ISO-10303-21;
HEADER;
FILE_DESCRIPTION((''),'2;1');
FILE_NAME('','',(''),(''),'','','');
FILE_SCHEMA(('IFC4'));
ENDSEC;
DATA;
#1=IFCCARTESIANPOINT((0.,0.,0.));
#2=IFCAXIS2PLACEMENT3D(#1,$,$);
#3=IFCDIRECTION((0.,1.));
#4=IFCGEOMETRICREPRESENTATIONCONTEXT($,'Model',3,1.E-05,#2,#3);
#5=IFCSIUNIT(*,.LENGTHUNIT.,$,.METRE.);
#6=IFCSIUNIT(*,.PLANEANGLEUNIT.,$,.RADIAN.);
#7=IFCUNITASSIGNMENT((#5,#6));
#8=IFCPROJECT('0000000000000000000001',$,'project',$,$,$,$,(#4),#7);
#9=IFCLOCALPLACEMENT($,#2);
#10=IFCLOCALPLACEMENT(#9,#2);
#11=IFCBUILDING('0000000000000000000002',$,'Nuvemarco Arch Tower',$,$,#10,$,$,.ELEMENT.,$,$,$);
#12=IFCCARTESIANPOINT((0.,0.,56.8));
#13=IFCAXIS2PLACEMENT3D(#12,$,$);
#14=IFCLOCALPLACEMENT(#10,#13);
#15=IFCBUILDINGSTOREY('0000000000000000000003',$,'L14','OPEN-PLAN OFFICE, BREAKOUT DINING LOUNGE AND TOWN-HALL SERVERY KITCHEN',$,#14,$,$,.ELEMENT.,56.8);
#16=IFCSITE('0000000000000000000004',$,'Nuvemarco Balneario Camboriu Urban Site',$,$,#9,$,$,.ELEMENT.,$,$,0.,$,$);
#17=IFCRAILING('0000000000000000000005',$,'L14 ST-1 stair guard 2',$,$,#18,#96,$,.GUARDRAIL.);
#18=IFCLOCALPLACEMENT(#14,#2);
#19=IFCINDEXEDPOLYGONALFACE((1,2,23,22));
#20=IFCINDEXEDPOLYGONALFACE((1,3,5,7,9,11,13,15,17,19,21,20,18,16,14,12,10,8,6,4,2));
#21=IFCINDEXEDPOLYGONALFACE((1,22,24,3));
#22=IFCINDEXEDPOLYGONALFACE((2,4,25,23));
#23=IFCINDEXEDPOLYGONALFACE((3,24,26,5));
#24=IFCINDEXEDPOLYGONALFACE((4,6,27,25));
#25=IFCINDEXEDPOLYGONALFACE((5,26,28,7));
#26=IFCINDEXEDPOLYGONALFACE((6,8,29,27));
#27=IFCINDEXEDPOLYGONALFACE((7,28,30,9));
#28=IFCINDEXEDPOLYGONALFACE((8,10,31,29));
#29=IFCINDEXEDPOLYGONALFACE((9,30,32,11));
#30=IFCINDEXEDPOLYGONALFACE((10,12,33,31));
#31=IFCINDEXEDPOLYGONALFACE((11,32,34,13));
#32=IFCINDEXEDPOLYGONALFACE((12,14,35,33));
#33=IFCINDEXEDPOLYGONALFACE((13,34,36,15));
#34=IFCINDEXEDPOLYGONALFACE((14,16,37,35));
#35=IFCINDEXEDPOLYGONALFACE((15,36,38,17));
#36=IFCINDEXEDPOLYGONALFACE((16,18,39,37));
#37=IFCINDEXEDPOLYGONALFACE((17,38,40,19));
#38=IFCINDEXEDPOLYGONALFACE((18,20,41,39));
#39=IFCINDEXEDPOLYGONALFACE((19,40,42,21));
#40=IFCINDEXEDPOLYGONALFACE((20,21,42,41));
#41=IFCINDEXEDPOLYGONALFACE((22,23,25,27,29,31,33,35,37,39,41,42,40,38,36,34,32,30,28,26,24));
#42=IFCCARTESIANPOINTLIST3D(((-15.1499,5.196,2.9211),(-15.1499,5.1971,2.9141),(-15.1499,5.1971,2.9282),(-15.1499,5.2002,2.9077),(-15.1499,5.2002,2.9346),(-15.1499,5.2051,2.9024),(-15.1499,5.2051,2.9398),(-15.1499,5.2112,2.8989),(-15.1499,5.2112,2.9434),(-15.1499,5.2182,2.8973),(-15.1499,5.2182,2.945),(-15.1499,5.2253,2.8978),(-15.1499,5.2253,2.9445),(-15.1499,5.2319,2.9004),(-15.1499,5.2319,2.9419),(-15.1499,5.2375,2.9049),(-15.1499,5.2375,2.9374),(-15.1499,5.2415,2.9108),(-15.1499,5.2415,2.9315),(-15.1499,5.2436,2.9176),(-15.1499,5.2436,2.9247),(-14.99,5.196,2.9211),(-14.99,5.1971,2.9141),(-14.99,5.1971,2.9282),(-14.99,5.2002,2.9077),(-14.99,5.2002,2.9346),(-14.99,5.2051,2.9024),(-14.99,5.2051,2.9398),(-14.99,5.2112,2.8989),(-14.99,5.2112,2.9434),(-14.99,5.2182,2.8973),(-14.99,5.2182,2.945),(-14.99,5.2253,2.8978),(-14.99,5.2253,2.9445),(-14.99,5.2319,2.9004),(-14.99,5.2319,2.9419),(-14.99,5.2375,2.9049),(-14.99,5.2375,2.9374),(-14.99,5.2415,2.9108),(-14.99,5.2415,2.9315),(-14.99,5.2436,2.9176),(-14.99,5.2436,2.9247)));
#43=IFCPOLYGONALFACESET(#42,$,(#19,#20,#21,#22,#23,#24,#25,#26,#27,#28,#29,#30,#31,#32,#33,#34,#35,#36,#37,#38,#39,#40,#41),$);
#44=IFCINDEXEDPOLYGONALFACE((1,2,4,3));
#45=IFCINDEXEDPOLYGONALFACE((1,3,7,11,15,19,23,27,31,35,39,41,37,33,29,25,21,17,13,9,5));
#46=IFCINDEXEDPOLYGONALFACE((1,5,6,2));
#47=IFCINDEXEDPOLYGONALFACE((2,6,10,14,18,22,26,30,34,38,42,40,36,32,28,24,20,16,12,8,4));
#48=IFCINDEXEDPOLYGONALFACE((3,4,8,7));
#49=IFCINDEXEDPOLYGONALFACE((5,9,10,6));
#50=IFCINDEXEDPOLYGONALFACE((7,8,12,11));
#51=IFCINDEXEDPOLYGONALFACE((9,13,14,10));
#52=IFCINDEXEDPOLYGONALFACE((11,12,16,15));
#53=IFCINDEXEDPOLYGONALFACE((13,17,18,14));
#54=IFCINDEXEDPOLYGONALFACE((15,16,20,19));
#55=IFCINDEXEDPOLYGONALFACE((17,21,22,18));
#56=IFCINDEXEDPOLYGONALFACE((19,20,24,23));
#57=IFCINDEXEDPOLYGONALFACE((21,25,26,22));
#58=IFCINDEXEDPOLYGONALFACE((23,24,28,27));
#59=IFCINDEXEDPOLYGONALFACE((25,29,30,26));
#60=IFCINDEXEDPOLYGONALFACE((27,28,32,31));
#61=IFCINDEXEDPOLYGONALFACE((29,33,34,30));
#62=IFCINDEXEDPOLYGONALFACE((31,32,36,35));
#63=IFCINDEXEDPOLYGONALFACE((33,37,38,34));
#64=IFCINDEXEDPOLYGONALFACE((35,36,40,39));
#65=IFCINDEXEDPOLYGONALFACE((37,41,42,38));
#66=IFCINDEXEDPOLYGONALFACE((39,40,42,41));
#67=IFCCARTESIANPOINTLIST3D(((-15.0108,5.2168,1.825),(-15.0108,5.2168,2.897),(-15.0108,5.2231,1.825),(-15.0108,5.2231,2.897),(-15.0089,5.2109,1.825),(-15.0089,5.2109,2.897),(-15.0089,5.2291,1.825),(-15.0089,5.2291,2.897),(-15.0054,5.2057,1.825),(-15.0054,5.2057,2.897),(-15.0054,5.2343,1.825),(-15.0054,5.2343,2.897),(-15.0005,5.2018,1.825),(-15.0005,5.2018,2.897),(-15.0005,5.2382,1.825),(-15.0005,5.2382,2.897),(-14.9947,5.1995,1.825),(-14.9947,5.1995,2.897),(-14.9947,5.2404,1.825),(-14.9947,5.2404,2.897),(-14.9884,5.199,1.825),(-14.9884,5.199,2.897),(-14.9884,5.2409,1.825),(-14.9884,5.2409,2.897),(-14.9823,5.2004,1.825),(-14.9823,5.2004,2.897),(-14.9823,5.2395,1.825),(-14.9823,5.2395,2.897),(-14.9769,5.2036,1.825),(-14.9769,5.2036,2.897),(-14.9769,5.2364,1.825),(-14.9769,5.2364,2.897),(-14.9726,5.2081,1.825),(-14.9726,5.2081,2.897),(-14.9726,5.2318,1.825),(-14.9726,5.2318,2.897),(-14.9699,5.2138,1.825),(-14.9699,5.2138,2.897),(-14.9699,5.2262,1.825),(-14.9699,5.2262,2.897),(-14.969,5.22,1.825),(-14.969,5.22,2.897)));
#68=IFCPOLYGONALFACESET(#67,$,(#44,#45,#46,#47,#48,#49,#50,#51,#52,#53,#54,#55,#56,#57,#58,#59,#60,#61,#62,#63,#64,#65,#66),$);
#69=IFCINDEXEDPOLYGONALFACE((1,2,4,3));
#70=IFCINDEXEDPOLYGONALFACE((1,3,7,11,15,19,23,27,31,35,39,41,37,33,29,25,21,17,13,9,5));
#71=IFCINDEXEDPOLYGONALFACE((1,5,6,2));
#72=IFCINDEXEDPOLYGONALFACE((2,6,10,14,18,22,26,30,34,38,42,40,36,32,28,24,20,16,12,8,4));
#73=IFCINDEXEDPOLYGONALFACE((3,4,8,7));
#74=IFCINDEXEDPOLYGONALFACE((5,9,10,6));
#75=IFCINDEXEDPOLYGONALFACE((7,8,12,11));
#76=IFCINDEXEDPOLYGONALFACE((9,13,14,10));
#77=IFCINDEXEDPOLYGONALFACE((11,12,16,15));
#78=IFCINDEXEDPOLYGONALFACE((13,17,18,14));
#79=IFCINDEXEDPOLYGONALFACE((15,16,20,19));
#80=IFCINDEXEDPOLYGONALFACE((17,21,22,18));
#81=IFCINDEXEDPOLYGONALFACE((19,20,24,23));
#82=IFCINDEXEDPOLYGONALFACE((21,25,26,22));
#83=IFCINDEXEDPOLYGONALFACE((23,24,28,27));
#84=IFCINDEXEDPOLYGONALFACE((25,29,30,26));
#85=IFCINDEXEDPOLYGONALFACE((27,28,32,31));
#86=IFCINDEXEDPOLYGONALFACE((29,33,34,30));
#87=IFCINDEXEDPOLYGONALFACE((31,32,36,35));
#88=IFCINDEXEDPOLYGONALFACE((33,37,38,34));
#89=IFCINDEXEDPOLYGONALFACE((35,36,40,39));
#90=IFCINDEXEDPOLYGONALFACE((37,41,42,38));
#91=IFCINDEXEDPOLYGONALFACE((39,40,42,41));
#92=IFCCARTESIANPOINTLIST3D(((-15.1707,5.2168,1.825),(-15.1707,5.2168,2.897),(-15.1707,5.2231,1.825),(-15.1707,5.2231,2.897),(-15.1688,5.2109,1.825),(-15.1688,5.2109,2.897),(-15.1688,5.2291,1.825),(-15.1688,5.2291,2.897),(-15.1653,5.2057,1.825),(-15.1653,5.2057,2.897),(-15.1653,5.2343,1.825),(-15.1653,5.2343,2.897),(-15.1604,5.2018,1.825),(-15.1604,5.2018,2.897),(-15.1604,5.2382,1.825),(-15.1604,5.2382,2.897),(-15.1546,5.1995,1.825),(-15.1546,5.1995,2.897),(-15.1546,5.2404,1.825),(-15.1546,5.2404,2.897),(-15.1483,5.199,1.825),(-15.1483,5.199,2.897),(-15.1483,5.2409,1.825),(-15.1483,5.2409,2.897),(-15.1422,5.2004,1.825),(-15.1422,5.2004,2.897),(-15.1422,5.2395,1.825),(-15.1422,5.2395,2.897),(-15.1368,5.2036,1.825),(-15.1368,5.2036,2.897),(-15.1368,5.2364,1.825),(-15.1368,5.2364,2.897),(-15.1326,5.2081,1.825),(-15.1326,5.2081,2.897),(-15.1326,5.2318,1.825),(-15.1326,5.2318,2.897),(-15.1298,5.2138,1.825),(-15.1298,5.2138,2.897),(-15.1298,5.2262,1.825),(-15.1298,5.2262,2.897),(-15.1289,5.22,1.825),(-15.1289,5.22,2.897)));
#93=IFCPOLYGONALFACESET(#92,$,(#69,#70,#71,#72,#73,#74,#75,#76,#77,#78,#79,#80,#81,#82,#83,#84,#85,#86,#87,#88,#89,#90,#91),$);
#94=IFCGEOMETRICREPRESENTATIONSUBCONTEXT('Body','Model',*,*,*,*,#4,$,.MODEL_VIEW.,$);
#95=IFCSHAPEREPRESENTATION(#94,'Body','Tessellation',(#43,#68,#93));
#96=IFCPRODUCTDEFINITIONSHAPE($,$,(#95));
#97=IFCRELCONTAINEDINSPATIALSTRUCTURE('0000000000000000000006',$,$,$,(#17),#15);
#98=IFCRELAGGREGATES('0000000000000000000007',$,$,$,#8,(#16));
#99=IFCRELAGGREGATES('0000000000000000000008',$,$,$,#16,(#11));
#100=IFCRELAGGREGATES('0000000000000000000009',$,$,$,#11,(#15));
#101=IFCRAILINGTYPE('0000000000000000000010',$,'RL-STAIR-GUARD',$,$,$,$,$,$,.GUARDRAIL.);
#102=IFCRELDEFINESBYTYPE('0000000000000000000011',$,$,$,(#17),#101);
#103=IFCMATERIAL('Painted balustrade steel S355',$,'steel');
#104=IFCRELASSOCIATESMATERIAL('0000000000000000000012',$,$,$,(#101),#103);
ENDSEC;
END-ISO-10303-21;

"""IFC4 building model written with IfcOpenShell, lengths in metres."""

from ifc_helpers import new_model, si_unit, direction, frame, origin, origin_2d, place, context, subcontext, project, spatial, circle, extrude, material, type_object, element, save


model = new_model("IFC4")

# Units and contexts
model_context = context("Model", 3, precision=1e-05, world=origin(), true_north=direction((0.0, 1.0)))
body_context = subcontext(model_context, "Body", "Model", "MODEL_VIEW")
ifc_project = project(units=[si_unit("LENGTHUNIT", "METRE"), si_unit("PLANEANGLEUNIT", "RADIAN")], contexts=[model_context])

# Site, building, storey
site_placement = place(None, origin())
site = spatial("IfcSite", under=ifc_project, at=site_placement, Name="Nuvemarco Balneario Camboriu Urban Site", CompositionType="ELEMENT", RefElevation=0.0)
building_placement = place(site_placement, origin())
building = spatial("IfcBuilding", under=site, at=building_placement, Name="Nuvemarco Arch Tower", CompositionType="ELEMENT")
storey_placement = place(building_placement, frame((0.0, 0.0, 56.8)))
storey = spatial("IfcBuildingStorey", under=building, at=storey_placement, Name="L14", Description="OPEN-PLAN OFFICE, BREAKOUT DINING LOUNGE AND TOWN-HALL SERVERY KITCHEN", CompositionType="ELEMENT", Elevation=56.8)

# Railing
ifc_material_1 = material(Name="Painted balustrade steel S355", Category="steel")
railing_type_1 = type_object("IfcRailingType", Name="RL-STAIR-GUARD", PredefinedType="GUARDRAIL", material=ifc_material_1)
railing_1_placement = place(storey_placement, frame((-14.99, 5.22, 1.825)))
element("IfcRailing", 1, at=railing_1_placement, inside=storey, type_object=railing_type_1, Name="L14 ST-1 stair guard 2", PredefinedType="GUARDRAIL", context=body_context, shape_type="SweptSolid", body=[
    extrude(circle(Radius=0.0239, at=origin_2d()), frame((0.0, 0.0, 1.0962), z_axis=(-1.0, 0.0, 0.0), x_axis=(0.0, -1.0, 0.0)), (0.0, 0.0, 1.0), 0.1599),
    extrude(circle(Radius=0.021, at=origin_2d()), origin(), (0.0, 0.0, 1.0), 1.072),
    extrude(circle(Radius=0.021, at=origin_2d()), frame((-0.1599, 0.0, 0.0)), (0.0, 0.0, 1.0), 1.072),
])

save(model, "model.ifc")
